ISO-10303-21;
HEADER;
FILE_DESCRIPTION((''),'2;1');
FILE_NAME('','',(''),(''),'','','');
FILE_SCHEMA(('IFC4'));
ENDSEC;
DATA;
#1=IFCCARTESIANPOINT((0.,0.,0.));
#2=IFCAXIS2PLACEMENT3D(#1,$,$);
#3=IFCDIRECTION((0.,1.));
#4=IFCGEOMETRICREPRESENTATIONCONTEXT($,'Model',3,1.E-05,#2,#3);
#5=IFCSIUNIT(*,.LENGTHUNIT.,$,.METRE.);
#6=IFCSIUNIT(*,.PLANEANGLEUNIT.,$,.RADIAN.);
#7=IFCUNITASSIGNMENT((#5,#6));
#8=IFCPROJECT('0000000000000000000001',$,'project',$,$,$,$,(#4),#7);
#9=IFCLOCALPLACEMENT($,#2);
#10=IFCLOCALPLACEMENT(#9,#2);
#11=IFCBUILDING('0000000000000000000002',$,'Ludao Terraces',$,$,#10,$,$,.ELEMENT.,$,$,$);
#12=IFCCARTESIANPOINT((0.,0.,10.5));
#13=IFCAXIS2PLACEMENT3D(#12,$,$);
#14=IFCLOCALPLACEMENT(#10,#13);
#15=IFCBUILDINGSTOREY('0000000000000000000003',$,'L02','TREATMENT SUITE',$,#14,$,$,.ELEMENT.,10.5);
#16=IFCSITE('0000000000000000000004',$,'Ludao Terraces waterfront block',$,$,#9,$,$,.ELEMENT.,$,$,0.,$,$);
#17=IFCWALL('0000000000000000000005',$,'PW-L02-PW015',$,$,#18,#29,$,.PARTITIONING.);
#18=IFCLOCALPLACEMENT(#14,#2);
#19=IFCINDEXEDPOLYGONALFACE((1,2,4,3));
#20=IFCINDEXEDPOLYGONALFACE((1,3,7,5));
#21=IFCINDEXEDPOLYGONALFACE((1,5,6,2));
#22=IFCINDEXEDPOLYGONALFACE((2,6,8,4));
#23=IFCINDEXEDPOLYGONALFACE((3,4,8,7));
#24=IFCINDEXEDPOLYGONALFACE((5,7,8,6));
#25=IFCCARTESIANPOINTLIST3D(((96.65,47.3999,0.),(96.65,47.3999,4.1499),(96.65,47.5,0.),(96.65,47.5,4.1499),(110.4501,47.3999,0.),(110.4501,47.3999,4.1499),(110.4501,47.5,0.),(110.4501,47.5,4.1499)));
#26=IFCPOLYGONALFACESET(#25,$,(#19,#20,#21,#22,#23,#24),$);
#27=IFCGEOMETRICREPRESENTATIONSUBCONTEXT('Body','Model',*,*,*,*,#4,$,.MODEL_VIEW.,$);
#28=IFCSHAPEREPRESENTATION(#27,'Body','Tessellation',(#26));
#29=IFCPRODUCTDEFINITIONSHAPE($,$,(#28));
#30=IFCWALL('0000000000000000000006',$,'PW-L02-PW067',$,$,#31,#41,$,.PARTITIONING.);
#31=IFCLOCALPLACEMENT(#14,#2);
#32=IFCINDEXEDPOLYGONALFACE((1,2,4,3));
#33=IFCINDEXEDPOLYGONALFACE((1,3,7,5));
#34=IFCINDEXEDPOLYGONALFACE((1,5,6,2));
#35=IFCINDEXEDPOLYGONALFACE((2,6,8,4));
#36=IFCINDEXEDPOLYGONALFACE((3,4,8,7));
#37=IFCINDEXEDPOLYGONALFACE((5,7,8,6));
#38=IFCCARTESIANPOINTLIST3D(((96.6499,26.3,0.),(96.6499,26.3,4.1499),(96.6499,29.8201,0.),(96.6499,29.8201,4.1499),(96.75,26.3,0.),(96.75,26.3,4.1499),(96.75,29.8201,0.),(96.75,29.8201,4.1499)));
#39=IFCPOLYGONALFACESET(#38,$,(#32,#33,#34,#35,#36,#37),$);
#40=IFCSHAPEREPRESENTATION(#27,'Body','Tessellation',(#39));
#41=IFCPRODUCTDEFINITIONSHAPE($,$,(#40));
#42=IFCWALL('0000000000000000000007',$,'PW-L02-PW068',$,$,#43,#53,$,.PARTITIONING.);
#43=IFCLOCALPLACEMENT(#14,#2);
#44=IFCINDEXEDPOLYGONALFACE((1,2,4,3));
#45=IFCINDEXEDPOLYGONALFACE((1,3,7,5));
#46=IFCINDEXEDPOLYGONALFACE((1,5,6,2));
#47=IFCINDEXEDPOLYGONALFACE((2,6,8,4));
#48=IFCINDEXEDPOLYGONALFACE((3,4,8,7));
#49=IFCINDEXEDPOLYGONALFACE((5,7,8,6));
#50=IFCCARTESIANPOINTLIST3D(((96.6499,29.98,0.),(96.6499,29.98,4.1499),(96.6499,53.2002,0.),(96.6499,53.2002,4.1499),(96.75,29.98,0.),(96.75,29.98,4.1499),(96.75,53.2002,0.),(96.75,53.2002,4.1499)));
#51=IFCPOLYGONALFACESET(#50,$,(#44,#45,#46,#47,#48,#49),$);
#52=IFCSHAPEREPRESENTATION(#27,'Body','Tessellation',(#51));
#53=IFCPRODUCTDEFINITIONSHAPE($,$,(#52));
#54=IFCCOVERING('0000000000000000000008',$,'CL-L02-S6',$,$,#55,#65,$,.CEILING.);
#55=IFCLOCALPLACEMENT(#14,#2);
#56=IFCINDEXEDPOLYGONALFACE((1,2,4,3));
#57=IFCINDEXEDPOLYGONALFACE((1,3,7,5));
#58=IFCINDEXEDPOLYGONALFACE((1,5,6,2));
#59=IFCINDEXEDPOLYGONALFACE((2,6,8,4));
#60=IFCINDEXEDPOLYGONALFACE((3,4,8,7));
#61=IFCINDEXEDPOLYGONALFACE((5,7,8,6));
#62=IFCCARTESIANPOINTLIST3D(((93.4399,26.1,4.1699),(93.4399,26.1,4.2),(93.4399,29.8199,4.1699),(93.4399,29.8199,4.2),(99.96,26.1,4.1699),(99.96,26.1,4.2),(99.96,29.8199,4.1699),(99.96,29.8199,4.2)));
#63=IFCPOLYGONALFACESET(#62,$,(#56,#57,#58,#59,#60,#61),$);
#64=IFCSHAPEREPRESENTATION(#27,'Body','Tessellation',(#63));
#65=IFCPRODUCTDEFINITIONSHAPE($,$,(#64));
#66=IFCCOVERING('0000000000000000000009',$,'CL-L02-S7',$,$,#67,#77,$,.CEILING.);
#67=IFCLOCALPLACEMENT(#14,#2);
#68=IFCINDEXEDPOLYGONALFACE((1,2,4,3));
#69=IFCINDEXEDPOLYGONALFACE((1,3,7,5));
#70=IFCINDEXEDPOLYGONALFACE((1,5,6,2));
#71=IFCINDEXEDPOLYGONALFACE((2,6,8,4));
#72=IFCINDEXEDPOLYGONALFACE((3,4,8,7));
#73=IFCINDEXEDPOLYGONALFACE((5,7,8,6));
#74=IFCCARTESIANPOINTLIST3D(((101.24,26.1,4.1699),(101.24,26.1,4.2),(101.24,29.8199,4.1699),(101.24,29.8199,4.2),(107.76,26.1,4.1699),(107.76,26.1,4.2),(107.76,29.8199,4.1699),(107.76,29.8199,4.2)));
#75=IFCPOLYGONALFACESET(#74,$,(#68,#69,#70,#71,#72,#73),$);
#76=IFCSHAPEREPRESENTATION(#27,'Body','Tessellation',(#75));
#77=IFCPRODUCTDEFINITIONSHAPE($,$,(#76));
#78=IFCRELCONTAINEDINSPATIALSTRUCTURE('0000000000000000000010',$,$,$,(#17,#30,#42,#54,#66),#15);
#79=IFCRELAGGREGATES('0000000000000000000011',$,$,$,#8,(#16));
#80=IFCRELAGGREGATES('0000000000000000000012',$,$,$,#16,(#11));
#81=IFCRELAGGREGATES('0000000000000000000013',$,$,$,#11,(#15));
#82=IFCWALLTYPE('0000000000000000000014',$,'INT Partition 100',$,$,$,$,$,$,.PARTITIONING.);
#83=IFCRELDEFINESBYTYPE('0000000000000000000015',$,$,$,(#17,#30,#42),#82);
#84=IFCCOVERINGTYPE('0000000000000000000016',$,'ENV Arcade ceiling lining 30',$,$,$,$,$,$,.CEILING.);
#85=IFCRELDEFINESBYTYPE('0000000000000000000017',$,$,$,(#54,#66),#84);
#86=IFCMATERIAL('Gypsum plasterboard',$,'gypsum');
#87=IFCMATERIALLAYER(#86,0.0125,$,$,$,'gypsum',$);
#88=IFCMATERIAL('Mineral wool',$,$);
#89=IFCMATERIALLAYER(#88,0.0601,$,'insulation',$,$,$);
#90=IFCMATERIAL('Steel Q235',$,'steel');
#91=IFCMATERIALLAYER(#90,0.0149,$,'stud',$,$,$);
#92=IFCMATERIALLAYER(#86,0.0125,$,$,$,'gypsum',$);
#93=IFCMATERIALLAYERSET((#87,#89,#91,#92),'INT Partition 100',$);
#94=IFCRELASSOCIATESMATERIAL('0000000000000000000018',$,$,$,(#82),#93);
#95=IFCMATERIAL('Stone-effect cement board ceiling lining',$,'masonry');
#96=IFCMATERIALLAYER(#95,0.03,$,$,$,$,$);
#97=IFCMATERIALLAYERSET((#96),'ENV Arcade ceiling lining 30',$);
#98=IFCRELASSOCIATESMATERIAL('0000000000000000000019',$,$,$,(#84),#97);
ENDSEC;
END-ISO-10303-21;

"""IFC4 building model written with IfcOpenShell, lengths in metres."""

from ifc_helpers import new_model, si_unit, direction, frame, frame_2d, origin, origin_2d, place, context, subcontext, project, spatial, rectangle, extrude, material, layer, layer_set, type_object, element, save


model = new_model("IFC4")

# Units and contexts
model_context = context("Model", 3, precision=1e-05, world=origin(), true_north=direction((0.0, 1.0)))
body_context = subcontext(model_context, "Body", "Model", "MODEL_VIEW")
ifc_project = project(units=[si_unit("LENGTHUNIT", "METRE"), si_unit("PLANEANGLEUNIT", "RADIAN")], contexts=[model_context])

# Site, building, storey
site_placement = place(None, origin())
site = spatial("IfcSite", under=ifc_project, at=site_placement, Name="Ludao Terraces waterfront block", CompositionType="ELEMENT", RefElevation=0.0)
building_placement = place(site_placement, origin())
building = spatial("IfcBuilding", under=site, at=building_placement, Name="Ludao Terraces", CompositionType="ELEMENT")
storey_placement = place(building_placement, frame((0.0, 0.0, 10.5)))
storey = spatial("IfcBuildingStorey", under=building, at=storey_placement, Name="L02", Description="TREATMENT SUITE", CompositionType="ELEMENT", Elevation=10.5)

# Walls
ifc_material_1 = material(Name="Gypsum plasterboard", Category="gypsum")
ifc_layer_1 = layer(ifc_material_1, 0.0125, Category="gypsum")
ifc_material_2 = material(Name="Mineral wool")
ifc_layer_2 = layer(ifc_material_2, 0.0601, Name="insulation")
ifc_material_3 = material(Name="Steel Q235", Category="steel")
ifc_layer_3 = layer(ifc_material_3, 0.0149, Name="stud")
ifc_layer_4 = layer(ifc_material_1, 0.0125, Category="gypsum")
ifc_layer_set_1 = layer_set([ifc_layer_1, ifc_layer_2, ifc_layer_3, ifc_layer_4], Name="INT Partition 100")
wall_type_1 = type_object("IfcWallType", Name="INT Partition 100", PredefinedType="PARTITIONING", material=ifc_layer_set_1)
wall_1_placement = place(storey_placement, frame((96.6501, 47.45, 0.0), z_axis=(0.0, 0.0, 1.0), x_axis=(1.0, 0.0, 0.0)))
element("IfcWall", 1, at=wall_1_placement, inside=storey, type_object=wall_type_1, Name="PW-L02-PW015", PredefinedType="PARTITIONING", context=body_context, shape_type="SweptSolid", body=[
    extrude(rectangle(XDim=13.8, YDim=0.1001, at=frame_2d((6.8999, 0.0))), origin(), (0.0, 0.0, 1.0), 4.1499),
])
wall_2_placement = place(storey_placement, frame((96.7, 26.3, 0.0), z_axis=(0.0, 0.0, 1.0), x_axis=(0.0, 1.0, 0.0)))
element("IfcWall", 2, at=wall_2_placement, inside=storey, type_object=wall_type_1, Name="PW-L02-PW067", PredefinedType="PARTITIONING", context=body_context, shape_type="SweptSolid", body=[
    extrude(rectangle(XDim=3.52, YDim=0.1001, at=frame_2d((1.76, 0.0))), origin(), (0.0, 0.0, 1.0), 4.1499),
])
wall_3_placement = place(storey_placement, frame((96.7, 29.98, 0.0), z_axis=(0.0, 0.0, 1.0), x_axis=(0.0, 1.0, 0.0)))
element("IfcWall", 3, at=wall_3_placement, inside=storey, type_object=wall_type_1, Name="PW-L02-PW068", PredefinedType="PARTITIONING", context=body_context, shape_type="SweptSolid", body=[
    extrude(rectangle(XDim=23.2202, YDim=0.1001, at=frame_2d((11.6101, 0.0))), origin(), (0.0, 0.0, 1.0), 4.1499),
])

# Coverings
ifc_material_4 = material(Name="Stone-effect cement board ceiling lining", Category="masonry")
ifc_layer_5 = layer(ifc_material_4, 0.03)
ifc_layer_set_2 = layer_set([ifc_layer_5], Name="ENV Arcade ceiling lining 30")
covering_type = type_object("IfcCoveringType", Name="ENV Arcade ceiling lining 30", PredefinedType="CEILING", material=ifc_layer_set_2)
for number, where, z_axis, x_axis, name in (
    (4, (96.7, 27.96, 4.1699), (0.0, 0.0, 1.0), (1.0, 0.0, 0.0), "CL-L02-S6"),
    (5, (104.5, 27.96, 4.1699), (0.0, 0.0, 1.0), (1.0, 0.0, 0.0), "CL-L02-S7"),
):
    element("IfcCovering", number, at=place(storey_placement, frame(where, z_axis=z_axis, x_axis=x_axis)), inside=storey, type_object=covering_type, Name=name, PredefinedType="CEILING", context=body_context, shape_type="SweptSolid", body=[
        extrude(rectangle(XDim=6.52, YDim=3.72, at=origin_2d()), origin(), (0.0, 0.0, 1.0), 0.03),
    ])

save(model, "model.ifc")
